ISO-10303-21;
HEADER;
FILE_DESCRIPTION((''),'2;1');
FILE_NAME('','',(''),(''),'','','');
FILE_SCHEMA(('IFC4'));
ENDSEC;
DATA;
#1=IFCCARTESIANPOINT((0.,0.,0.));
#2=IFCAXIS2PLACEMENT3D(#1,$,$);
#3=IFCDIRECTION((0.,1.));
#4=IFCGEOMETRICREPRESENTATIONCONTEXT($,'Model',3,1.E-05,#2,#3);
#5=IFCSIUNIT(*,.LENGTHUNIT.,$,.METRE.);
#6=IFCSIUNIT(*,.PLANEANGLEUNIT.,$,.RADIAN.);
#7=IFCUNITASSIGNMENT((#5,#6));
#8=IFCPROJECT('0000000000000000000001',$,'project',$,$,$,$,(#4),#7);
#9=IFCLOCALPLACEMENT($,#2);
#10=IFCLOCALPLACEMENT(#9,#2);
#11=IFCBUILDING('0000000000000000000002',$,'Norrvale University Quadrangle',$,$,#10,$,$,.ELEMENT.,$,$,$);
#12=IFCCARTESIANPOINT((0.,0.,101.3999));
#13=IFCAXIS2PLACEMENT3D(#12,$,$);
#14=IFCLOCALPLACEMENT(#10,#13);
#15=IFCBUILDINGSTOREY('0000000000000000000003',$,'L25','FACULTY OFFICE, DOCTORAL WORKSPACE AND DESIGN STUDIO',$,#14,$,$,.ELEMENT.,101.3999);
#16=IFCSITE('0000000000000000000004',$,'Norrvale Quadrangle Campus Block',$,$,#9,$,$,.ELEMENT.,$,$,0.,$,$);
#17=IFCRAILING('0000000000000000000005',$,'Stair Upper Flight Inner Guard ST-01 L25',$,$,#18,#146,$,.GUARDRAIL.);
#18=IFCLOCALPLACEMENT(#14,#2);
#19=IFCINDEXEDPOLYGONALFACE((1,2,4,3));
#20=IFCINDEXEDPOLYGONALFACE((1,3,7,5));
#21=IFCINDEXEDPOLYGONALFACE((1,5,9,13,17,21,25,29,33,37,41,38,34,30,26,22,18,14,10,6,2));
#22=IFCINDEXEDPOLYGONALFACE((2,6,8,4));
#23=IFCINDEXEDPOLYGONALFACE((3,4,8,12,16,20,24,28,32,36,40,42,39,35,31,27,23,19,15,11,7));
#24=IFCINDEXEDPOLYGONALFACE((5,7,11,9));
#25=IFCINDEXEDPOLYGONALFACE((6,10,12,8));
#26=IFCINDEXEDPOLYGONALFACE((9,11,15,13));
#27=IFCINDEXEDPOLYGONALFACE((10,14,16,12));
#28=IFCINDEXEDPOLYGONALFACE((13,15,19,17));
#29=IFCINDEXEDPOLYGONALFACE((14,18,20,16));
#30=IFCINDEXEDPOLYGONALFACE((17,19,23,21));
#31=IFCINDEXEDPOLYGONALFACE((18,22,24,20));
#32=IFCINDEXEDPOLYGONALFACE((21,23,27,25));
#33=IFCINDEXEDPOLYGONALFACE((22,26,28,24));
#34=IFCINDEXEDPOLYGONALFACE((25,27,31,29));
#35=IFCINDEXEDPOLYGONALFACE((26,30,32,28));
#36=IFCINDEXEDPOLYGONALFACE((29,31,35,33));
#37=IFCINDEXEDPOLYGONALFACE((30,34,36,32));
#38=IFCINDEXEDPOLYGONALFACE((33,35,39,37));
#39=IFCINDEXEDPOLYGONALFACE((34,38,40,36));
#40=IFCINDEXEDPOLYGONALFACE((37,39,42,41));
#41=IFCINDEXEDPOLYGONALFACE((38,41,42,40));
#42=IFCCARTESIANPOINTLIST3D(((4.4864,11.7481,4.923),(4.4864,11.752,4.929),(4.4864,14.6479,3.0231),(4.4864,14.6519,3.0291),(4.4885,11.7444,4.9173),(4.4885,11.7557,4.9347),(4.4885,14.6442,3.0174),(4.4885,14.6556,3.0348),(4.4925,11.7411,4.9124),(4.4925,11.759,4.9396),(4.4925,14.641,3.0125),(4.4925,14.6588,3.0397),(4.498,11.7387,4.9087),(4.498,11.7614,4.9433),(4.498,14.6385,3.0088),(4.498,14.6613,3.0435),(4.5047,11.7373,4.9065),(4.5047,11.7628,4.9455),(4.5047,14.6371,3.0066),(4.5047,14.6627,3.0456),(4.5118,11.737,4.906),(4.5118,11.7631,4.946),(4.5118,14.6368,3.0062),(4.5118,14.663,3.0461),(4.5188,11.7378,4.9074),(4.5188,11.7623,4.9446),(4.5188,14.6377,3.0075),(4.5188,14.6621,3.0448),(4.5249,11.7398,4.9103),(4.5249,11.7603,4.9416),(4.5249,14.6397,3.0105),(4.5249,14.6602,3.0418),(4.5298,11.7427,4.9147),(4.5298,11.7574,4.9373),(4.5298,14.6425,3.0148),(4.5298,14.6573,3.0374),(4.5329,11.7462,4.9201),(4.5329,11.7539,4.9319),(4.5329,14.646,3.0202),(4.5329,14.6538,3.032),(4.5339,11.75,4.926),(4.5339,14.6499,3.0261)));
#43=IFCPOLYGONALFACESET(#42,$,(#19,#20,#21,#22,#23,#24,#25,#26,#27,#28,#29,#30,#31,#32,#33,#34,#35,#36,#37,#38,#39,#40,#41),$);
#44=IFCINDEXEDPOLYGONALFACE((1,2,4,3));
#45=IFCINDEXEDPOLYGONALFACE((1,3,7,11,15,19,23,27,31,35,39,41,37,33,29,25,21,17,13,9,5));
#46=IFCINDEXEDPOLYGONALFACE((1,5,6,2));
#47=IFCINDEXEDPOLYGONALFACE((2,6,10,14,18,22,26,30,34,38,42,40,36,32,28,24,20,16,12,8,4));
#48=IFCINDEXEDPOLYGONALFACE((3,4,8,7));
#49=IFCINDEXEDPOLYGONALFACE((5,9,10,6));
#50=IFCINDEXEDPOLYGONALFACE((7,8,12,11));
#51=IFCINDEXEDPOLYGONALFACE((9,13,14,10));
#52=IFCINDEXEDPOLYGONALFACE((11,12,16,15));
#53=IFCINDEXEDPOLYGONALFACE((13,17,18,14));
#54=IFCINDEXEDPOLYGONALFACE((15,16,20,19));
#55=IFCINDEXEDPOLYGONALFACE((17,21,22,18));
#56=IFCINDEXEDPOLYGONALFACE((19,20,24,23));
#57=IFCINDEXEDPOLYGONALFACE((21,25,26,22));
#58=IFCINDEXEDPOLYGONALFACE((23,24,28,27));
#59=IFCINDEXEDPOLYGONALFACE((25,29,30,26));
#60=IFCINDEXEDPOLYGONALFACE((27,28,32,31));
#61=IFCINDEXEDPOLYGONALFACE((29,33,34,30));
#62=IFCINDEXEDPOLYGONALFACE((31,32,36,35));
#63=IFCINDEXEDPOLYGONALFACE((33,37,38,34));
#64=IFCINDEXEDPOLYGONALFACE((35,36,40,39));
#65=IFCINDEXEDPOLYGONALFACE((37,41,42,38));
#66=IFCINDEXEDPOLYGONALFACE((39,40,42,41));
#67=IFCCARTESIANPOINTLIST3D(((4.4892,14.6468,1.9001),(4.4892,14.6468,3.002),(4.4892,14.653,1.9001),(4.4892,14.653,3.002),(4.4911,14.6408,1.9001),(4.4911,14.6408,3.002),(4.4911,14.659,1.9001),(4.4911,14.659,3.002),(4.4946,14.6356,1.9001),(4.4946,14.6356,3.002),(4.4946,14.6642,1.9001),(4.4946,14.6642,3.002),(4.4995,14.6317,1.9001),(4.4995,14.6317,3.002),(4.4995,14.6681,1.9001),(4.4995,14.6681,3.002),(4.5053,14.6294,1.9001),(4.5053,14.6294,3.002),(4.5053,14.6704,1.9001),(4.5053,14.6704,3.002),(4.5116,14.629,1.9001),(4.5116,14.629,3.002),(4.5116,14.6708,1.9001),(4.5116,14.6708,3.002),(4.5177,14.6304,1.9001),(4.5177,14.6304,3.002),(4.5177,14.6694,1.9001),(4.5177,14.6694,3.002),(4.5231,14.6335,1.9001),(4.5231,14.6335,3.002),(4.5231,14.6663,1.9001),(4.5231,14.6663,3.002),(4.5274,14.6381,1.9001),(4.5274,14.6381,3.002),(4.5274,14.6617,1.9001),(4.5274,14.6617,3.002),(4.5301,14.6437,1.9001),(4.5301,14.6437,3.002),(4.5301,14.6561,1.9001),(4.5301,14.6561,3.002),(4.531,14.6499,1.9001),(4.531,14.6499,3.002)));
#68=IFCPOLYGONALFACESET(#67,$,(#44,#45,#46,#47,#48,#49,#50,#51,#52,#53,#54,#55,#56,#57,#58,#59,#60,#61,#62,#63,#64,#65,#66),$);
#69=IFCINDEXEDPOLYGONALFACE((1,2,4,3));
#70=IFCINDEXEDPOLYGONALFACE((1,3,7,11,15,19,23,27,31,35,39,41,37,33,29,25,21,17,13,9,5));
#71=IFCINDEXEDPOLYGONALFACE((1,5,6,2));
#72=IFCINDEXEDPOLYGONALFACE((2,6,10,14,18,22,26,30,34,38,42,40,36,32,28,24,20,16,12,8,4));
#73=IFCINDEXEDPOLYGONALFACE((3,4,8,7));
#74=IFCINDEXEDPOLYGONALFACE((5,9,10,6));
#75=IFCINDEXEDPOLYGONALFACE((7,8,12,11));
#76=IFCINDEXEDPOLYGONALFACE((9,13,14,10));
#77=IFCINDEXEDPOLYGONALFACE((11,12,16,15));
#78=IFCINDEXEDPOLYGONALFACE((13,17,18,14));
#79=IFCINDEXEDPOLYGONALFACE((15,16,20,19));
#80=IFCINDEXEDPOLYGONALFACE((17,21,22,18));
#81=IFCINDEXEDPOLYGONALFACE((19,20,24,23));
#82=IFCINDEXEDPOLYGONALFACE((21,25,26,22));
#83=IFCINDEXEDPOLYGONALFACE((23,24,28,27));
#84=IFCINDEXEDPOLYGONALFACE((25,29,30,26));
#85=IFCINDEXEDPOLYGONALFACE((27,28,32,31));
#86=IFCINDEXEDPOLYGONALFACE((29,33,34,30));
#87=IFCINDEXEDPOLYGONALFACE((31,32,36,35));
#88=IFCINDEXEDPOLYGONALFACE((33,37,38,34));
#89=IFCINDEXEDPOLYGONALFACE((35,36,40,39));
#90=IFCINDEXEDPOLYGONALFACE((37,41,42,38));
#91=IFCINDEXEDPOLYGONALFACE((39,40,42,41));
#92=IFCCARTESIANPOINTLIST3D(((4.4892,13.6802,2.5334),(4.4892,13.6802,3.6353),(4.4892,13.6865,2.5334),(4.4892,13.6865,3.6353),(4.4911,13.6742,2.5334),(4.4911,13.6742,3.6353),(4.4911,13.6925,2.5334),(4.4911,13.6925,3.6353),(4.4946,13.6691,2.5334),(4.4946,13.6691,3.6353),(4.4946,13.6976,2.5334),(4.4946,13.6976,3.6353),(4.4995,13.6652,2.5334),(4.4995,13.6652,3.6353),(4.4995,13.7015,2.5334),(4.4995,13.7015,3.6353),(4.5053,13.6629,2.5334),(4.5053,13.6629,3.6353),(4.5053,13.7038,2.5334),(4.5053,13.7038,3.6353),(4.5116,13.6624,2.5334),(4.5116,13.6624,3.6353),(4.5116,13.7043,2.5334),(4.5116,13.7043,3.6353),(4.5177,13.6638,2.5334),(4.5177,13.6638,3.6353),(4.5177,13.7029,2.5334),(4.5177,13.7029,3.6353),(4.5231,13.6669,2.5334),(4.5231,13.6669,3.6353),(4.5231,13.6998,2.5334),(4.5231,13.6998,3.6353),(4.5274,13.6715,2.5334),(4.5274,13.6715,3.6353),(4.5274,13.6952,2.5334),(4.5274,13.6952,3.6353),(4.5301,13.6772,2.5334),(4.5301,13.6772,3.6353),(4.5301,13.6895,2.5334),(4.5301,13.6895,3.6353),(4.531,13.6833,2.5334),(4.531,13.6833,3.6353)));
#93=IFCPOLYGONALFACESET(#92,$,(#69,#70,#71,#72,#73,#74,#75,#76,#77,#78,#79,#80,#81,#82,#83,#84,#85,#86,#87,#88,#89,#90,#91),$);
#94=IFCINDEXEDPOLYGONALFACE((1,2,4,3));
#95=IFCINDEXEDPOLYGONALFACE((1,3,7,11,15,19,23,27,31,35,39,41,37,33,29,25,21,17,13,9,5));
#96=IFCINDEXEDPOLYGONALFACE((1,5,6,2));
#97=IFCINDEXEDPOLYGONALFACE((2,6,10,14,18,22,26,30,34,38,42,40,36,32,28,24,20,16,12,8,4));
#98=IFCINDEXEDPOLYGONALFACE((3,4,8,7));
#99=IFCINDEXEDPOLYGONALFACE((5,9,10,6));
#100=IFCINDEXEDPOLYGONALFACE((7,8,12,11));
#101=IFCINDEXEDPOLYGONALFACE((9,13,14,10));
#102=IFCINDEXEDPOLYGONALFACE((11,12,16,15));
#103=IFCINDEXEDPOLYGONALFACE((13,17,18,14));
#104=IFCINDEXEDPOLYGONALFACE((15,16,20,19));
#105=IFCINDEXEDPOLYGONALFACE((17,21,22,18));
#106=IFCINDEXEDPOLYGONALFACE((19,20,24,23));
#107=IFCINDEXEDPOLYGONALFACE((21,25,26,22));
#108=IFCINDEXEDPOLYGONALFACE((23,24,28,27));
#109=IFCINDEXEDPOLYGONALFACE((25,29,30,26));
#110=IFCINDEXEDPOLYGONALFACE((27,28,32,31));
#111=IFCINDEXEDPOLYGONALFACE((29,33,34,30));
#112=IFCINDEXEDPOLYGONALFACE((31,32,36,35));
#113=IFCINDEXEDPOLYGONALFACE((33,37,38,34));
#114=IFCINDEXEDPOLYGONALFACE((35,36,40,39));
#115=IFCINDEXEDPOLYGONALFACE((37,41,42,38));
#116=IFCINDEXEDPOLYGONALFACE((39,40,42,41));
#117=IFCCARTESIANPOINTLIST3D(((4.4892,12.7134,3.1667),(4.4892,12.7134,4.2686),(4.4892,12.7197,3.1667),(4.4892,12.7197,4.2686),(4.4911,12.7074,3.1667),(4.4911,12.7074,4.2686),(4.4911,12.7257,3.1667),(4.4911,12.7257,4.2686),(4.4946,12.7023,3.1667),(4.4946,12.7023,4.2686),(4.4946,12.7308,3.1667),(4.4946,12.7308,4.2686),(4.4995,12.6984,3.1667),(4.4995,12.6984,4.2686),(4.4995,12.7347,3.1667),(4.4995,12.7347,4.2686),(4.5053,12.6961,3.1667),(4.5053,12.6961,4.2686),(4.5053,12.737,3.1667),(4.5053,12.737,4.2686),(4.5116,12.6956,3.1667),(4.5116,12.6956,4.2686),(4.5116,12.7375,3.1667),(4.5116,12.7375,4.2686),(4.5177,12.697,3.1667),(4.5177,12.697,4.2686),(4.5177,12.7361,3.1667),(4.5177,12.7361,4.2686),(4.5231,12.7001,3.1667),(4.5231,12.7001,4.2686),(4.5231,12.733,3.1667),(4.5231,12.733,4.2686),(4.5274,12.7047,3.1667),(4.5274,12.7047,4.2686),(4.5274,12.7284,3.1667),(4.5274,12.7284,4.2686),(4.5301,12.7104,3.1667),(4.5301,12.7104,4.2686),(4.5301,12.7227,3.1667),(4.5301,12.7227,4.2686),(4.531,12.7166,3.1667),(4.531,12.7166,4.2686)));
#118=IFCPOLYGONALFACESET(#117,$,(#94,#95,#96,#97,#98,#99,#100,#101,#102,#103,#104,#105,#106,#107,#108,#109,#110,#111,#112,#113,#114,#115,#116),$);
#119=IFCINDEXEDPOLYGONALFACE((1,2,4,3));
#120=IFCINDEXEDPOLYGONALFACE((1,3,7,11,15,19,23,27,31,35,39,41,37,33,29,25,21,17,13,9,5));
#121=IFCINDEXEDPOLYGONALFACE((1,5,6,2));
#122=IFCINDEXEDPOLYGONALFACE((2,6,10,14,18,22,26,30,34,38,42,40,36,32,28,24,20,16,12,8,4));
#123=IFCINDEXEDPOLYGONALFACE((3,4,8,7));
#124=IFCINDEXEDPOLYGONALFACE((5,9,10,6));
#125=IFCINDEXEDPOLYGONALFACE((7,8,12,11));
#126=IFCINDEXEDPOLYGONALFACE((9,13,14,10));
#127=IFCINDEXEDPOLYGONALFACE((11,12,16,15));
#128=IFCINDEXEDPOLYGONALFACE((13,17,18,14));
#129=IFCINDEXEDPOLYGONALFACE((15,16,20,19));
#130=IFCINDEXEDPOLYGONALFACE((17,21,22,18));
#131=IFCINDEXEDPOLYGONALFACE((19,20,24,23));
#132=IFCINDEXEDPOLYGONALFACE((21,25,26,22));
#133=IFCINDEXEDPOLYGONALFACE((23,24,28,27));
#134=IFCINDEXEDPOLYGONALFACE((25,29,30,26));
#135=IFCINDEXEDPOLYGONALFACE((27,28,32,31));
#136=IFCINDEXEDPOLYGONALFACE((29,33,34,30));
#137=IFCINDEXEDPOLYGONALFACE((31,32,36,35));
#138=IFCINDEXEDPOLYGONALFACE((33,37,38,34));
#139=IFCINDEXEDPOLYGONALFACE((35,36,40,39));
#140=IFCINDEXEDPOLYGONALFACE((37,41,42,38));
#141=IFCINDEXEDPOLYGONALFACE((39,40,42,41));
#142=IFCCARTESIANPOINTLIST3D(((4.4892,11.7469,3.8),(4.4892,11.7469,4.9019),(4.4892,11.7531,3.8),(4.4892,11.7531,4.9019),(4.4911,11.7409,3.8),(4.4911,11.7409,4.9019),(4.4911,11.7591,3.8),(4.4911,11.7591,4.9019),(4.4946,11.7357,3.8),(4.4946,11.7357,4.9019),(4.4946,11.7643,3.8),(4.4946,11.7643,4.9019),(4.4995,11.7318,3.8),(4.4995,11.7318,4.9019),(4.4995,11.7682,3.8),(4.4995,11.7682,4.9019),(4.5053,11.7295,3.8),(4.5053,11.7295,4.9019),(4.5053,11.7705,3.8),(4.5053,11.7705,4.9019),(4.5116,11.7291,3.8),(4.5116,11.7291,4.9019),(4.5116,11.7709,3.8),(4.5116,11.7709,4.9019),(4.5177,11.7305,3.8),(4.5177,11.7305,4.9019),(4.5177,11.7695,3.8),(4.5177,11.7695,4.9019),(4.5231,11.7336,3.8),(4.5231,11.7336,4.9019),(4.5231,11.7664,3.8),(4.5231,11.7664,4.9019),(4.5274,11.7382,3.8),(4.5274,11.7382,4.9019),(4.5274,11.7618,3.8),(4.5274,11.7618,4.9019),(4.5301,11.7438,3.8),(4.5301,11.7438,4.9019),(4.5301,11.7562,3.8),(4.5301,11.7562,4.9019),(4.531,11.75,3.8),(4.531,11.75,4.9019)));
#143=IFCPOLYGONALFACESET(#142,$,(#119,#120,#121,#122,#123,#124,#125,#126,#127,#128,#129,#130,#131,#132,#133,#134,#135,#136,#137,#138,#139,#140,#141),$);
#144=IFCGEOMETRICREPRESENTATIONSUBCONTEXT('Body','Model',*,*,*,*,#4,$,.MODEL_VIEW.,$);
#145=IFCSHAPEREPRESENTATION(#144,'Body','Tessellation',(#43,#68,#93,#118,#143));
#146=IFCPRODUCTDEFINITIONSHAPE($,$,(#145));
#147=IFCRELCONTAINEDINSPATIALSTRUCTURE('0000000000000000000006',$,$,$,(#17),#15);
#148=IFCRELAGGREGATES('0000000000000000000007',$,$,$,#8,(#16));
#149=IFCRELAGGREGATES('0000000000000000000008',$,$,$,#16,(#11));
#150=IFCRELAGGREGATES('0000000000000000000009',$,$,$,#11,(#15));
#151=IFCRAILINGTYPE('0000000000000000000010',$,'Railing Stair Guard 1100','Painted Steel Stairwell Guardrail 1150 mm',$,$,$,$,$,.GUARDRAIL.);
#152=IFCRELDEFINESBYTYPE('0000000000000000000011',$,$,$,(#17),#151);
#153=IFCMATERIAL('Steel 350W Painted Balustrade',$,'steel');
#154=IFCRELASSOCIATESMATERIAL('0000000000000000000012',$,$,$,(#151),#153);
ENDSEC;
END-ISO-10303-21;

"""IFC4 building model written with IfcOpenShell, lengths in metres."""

from ifc_helpers import new_model, si_unit, direction, frame, origin, origin_2d, place, context, subcontext, project, spatial, circle, extrude, material, type_object, element, save


model = new_model("IFC4")

# Units and contexts
model_context = context("Model", 3, precision=1e-05, world=origin(), true_north=direction((0.0, 1.0)))
body_context = subcontext(model_context, "Body", "Model", "MODEL_VIEW")
ifc_project = project(units=[si_unit("LENGTHUNIT", "METRE"), si_unit("PLANEANGLEUNIT", "RADIAN")], contexts=[model_context])

# Site, building, storey
site_placement = place(None, origin())
site = spatial("IfcSite", under=ifc_project, at=site_placement, Name="Norrvale Quadrangle Campus Block", CompositionType="ELEMENT", RefElevation=0.0)
building_placement = place(site_placement, origin())
building = spatial("IfcBuilding", under=site, at=building_placement, Name="Norrvale University Quadrangle", CompositionType="ELEMENT")
storey_placement = place(building_placement, frame((0.0, 0.0, 101.3999)))
storey = spatial("IfcBuildingStorey", under=building, at=storey_placement, Name="L25", Description="FACULTY OFFICE, DOCTORAL WORKSPACE AND DESIGN STUDIO", CompositionType="ELEMENT", Elevation=101.3999)

# Railing
ifc_material_1 = material(Name="Steel 350W Painted Balustrade", Category="steel")
railing_type_1 = type_object("IfcRailingType", Name="Railing Stair Guard 1100", Description="Painted Steel Stairwell Guardrail 1150 mm", PredefinedType="GUARDRAIL", material=ifc_material_1)
railing_1_placement = place(storey_placement, frame((4.51, 14.6499, 1.9001)))
element("IfcRailing", 1, at=railing_1_placement, inside=storey, type_object=railing_type_1, Name="Stair Upper Flight Inner Guard ST-01 L25", PredefinedType="GUARDRAIL", context=body_context, shape_type="SweptSolid", body=[
    extrude(circle(Radius=0.0239, at=origin_2d()), frame((0.0, 0.0, 1.126), z_axis=(0.0, -0.836466, 0.548019), x_axis=(1.0, 0.0, 0.0)), (0.0, 0.0, 1.0), 3.4668),
    extrude(circle(Radius=0.021, at=origin_2d()), origin(), (0.0, 0.0, 1.0), 1.1018),
    extrude(circle(Radius=0.021, at=origin_2d()), frame((0.0, -0.9666, 0.6333)), (0.0, 0.0, 1.0), 1.1018),
    extrude(circle(Radius=0.021, at=origin_2d()), frame((0.0, -1.9333, 1.2666)), (0.0, 0.0, 1.0), 1.1018),
    extrude(circle(Radius=0.021, at=origin_2d()), frame((0.0, -2.8999, 1.8999)), (0.0, 0.0, 1.0), 1.1018),
])

save(model, "model.ifc")
